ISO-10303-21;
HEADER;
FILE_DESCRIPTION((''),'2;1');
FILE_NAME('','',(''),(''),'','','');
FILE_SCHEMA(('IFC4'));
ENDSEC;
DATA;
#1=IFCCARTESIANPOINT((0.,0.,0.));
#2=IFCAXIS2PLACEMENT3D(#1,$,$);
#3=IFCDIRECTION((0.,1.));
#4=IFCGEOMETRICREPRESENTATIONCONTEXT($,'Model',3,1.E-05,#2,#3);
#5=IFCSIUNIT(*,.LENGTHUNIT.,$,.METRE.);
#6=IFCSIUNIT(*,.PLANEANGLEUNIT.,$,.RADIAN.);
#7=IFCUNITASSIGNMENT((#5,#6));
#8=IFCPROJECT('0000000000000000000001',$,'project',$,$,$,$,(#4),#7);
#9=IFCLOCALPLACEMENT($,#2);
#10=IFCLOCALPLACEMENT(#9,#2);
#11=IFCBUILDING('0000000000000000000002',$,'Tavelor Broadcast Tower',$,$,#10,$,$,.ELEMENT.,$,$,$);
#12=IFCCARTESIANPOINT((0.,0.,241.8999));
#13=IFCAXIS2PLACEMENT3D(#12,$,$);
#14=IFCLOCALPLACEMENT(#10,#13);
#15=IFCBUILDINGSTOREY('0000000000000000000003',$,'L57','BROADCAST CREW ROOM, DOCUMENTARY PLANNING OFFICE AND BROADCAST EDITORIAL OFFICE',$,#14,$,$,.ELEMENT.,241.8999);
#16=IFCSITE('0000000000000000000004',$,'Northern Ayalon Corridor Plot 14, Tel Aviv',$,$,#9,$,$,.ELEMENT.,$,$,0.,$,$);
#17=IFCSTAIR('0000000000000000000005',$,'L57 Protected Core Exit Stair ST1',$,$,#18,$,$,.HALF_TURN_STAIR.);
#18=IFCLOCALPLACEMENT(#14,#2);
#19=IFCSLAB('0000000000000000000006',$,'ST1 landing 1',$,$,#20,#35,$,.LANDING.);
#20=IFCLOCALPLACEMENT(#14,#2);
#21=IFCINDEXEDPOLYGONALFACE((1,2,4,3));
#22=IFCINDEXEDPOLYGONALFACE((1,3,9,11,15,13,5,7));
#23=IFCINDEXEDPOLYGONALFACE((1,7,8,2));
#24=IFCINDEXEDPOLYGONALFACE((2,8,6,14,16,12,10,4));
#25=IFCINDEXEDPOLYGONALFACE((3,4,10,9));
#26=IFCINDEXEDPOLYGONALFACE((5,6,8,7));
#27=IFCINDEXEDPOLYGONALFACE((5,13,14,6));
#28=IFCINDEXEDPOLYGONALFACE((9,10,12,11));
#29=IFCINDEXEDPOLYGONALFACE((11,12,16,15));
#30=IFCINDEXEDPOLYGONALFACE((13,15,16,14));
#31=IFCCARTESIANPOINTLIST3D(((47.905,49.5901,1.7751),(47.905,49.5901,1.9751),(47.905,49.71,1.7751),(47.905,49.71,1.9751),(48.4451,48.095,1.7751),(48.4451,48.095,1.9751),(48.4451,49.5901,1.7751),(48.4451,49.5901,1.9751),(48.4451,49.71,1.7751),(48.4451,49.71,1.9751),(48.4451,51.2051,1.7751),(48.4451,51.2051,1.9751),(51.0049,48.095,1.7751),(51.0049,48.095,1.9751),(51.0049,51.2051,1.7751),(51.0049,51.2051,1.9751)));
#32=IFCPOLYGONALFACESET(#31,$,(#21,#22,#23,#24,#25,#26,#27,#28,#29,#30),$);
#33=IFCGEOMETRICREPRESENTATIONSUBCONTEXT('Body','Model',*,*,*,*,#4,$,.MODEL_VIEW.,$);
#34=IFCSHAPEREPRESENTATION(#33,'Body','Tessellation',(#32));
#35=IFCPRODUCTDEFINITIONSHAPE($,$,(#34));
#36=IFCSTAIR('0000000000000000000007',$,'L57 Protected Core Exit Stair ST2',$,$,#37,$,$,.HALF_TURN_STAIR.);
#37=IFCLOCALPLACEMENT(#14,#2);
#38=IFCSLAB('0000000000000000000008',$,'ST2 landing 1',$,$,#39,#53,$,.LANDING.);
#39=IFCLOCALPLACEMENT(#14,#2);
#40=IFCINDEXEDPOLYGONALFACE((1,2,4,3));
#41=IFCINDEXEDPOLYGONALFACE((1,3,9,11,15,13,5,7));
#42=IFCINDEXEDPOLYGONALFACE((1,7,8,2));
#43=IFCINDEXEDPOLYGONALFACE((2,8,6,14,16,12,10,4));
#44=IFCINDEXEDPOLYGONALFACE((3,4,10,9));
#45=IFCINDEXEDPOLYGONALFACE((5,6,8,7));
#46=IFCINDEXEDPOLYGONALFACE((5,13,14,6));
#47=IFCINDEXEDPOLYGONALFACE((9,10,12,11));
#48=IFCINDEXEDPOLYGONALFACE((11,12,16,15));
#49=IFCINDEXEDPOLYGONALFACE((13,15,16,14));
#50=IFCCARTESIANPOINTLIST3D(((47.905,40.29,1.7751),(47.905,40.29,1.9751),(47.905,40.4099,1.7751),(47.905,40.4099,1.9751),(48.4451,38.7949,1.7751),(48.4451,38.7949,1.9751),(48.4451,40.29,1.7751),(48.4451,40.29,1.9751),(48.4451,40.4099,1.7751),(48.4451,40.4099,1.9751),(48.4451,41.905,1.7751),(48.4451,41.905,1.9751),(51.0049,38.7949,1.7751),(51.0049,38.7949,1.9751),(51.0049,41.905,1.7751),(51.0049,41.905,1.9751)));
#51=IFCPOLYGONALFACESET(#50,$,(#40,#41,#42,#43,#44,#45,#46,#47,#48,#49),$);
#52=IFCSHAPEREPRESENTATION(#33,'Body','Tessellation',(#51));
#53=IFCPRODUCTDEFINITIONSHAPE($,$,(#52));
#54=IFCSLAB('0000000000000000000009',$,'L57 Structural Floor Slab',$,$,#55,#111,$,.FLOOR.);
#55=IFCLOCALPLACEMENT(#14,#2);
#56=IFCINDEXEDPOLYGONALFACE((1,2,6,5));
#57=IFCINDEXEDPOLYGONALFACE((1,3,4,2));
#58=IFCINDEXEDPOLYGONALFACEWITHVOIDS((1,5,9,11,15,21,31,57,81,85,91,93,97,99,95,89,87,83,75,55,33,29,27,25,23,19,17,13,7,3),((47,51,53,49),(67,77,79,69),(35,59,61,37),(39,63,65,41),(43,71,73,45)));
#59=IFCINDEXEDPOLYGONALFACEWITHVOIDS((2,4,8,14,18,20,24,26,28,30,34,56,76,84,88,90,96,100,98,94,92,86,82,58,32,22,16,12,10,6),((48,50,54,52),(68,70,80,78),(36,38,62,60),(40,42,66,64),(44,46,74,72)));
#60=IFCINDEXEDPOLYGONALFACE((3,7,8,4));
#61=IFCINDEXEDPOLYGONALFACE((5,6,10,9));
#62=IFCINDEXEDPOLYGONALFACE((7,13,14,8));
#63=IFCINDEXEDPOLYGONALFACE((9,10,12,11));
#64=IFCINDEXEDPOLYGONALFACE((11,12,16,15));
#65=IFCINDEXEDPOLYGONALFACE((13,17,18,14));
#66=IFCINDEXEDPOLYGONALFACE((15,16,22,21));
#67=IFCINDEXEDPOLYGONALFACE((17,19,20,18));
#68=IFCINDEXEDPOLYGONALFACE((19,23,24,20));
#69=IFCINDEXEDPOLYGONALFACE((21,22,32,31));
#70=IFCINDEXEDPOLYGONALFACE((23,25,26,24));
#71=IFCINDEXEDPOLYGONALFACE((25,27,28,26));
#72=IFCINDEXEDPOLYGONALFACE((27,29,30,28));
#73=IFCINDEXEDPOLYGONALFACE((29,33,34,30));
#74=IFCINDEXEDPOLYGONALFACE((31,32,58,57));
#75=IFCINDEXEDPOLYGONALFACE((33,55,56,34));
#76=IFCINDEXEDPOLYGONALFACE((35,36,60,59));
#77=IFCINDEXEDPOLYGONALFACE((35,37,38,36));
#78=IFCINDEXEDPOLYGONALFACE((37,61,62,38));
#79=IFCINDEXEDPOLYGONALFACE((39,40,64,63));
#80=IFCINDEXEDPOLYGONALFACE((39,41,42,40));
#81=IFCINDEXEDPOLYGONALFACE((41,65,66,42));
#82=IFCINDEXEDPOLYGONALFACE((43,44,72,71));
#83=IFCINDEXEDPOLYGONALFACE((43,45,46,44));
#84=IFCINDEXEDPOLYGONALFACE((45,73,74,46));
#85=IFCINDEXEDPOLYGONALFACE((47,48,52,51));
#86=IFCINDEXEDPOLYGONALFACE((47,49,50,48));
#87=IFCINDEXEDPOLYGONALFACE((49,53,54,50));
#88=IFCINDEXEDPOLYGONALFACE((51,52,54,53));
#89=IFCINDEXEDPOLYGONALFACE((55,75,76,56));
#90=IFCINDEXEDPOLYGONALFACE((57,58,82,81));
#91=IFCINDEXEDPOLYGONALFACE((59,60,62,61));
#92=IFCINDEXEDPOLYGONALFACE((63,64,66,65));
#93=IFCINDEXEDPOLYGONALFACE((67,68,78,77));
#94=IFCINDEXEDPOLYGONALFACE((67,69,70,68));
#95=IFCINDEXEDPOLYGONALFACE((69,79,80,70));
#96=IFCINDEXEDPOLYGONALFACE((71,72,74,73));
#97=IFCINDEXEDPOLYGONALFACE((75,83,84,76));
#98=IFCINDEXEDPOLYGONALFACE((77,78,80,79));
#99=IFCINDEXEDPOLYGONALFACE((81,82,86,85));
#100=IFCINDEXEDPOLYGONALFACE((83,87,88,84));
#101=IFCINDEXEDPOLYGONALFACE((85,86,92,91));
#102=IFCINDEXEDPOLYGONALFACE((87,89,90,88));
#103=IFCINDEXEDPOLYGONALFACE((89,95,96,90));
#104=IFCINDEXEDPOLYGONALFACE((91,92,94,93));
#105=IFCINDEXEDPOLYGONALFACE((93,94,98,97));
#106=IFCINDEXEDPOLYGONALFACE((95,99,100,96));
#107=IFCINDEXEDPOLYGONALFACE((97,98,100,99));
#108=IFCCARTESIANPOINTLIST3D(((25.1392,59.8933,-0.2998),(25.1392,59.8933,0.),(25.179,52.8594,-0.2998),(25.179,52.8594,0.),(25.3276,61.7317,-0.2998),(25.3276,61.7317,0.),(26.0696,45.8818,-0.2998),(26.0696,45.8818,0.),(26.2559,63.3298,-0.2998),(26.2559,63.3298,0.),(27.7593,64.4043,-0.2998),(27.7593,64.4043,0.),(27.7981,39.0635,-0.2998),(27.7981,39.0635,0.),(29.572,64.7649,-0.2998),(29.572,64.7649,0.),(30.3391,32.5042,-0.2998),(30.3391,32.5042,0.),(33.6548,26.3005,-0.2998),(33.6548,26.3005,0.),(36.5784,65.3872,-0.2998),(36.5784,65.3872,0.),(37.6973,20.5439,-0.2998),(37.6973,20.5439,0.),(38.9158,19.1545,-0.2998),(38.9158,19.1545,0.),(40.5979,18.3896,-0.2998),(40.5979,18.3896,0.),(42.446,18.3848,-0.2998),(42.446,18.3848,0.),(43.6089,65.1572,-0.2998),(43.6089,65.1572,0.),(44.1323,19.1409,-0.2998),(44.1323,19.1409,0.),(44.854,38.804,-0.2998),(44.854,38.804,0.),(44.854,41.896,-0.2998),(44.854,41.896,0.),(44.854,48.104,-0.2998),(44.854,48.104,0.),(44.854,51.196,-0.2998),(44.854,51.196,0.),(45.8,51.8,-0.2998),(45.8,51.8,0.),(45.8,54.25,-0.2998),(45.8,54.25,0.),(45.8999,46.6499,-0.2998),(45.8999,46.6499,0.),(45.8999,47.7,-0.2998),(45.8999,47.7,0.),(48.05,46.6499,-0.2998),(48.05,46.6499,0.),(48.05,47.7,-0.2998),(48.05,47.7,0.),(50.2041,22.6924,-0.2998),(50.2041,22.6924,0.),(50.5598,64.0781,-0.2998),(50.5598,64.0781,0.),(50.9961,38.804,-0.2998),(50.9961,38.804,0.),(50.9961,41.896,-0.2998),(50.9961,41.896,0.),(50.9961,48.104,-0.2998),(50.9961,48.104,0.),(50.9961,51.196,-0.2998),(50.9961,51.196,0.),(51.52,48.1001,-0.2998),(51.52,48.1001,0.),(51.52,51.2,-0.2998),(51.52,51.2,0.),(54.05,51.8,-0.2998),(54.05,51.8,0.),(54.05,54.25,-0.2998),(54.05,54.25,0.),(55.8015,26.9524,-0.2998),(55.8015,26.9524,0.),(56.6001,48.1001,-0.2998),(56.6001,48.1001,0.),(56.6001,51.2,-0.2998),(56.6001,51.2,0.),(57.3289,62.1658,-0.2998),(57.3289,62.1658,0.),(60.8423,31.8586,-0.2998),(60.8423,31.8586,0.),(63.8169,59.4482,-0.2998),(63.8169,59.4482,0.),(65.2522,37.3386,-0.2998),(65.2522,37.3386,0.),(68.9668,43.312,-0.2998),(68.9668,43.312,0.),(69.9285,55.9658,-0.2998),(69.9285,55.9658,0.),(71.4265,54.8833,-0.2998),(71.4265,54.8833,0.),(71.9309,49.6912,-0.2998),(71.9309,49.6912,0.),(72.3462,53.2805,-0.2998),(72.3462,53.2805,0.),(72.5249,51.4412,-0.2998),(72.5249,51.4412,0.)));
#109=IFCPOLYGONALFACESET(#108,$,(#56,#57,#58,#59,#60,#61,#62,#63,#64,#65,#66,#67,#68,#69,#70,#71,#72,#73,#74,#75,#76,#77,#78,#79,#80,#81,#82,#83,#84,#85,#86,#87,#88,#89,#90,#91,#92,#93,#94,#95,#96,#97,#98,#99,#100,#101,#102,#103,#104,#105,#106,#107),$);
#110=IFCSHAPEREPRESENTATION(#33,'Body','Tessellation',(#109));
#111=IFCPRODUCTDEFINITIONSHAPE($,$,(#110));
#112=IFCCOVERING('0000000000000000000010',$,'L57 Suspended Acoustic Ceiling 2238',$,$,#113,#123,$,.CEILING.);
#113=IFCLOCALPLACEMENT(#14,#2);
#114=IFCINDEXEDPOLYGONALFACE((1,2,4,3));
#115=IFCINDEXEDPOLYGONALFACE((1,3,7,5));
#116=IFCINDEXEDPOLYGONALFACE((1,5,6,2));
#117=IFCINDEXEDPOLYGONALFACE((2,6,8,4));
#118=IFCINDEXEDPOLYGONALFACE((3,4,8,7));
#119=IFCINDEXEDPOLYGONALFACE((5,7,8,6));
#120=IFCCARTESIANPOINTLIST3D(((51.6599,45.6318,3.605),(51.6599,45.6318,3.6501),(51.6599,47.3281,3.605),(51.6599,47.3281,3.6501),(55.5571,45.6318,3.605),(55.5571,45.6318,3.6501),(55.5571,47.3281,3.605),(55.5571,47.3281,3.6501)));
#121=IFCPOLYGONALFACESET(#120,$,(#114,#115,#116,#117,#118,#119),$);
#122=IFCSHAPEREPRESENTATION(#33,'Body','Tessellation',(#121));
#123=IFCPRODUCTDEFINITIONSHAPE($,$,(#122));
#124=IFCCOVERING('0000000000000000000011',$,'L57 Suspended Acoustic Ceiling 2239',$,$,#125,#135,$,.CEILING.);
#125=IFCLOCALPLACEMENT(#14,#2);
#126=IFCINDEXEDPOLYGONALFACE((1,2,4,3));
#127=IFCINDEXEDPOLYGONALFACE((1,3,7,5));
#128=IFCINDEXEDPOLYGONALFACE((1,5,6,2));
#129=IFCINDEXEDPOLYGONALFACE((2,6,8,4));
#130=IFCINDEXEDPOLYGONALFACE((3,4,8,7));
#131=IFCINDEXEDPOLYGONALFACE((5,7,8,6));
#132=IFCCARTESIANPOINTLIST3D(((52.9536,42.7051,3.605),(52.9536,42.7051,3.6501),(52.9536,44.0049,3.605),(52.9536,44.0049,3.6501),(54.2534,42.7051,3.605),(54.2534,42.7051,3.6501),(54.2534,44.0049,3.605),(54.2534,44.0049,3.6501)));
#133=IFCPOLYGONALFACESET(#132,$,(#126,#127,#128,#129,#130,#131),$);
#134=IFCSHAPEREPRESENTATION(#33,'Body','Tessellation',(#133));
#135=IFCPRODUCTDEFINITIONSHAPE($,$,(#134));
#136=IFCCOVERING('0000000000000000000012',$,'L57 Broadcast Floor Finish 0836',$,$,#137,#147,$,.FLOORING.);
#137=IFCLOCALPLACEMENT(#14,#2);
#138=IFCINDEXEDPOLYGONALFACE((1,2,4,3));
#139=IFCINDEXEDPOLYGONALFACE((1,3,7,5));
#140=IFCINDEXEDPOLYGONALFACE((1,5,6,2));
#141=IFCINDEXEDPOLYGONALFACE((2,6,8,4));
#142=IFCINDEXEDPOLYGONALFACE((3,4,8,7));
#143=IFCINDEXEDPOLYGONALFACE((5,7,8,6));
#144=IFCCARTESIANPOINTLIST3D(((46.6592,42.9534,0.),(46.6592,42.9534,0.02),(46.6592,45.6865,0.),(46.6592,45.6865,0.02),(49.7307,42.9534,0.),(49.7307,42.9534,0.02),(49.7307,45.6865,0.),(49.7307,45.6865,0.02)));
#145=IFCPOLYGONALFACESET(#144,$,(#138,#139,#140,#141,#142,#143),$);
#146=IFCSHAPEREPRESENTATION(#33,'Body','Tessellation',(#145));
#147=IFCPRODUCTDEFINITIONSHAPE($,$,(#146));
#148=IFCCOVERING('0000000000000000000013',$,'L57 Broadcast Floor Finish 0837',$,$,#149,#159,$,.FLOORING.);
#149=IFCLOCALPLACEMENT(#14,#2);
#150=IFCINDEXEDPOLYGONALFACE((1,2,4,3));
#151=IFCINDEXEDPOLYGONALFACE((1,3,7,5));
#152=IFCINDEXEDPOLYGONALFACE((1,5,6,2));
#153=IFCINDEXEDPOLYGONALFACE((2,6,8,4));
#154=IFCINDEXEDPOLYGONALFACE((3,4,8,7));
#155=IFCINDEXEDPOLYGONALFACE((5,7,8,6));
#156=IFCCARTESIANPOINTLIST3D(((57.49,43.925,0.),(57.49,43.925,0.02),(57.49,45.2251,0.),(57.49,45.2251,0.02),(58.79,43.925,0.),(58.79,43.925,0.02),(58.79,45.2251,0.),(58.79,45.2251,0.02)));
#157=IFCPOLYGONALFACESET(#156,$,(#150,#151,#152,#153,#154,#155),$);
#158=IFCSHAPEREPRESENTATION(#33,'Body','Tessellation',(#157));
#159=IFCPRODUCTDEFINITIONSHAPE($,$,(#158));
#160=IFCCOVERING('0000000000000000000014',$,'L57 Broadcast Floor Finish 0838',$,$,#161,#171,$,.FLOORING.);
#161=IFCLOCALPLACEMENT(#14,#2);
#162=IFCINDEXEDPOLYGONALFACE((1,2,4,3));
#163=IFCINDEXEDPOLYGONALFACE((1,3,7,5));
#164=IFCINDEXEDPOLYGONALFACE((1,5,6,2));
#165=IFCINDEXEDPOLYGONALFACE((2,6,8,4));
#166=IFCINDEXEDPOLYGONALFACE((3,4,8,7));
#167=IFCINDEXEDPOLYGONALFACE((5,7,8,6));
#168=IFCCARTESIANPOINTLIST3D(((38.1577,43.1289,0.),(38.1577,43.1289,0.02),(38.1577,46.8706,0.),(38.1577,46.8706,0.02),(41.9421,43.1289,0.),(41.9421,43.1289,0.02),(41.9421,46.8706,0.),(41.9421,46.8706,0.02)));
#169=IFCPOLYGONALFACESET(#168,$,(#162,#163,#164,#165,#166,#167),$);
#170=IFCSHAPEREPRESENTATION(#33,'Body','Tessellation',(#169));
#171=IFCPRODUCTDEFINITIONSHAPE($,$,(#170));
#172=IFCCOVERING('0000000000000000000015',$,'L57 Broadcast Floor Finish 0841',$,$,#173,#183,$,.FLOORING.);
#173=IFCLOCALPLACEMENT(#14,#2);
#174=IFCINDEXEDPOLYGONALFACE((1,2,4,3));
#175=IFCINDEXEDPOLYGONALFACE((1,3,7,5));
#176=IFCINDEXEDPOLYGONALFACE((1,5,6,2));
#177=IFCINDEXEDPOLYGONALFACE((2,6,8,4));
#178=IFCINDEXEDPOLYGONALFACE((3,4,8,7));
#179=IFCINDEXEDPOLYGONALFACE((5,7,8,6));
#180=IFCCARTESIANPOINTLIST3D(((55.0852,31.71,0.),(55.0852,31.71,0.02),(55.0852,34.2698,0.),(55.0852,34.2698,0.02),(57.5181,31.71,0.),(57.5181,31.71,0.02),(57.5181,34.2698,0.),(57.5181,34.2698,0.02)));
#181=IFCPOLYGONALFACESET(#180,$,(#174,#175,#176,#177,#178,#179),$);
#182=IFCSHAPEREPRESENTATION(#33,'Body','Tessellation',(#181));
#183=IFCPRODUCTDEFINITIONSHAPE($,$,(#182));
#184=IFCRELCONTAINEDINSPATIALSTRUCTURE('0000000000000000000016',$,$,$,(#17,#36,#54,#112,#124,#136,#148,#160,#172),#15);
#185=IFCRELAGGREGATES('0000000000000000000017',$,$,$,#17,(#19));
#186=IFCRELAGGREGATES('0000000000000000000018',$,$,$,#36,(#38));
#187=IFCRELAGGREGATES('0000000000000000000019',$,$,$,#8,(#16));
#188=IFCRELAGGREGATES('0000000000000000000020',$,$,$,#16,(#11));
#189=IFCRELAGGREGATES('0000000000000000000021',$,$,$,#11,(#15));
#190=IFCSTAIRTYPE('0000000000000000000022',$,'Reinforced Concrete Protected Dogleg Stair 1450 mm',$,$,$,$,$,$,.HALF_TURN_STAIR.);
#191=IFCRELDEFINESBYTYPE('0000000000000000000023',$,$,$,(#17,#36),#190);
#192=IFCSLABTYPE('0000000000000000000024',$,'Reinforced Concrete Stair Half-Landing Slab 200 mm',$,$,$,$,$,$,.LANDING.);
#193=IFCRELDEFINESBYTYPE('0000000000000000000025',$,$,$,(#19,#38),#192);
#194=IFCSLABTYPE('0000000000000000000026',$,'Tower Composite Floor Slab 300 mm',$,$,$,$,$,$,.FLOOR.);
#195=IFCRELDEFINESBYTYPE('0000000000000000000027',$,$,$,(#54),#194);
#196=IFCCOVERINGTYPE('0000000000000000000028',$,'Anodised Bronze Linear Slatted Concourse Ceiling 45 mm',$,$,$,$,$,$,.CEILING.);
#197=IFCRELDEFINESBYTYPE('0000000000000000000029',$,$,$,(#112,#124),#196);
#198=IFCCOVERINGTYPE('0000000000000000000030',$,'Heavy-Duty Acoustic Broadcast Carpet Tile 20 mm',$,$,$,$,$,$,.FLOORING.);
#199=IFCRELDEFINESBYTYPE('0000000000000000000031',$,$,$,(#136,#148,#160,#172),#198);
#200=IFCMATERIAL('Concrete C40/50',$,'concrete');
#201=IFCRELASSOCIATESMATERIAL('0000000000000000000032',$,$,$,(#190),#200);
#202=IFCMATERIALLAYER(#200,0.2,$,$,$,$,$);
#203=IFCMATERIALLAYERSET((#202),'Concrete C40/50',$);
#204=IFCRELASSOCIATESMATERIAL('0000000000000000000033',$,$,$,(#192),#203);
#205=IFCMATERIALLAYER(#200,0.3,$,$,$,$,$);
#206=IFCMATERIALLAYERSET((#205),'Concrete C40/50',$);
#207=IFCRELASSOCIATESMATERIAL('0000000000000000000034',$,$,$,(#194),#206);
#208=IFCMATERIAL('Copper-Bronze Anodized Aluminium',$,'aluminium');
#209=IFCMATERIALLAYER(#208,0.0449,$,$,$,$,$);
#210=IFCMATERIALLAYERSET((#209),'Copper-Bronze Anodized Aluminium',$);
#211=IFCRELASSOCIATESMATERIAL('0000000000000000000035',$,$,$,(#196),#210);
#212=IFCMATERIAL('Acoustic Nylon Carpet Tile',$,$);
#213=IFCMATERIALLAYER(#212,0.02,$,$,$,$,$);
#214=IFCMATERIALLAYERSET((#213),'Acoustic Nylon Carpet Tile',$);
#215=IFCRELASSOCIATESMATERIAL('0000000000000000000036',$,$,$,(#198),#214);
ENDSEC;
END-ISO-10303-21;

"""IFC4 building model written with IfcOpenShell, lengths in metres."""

from ifc_helpers import new_model, si_unit, direction, frame, origin, place, context, subcontext, project, spatial, polyline, outline, extrude, material, layer, layer_set, type_object, element, aggregate, save


model = new_model("IFC4")

# Units and contexts
model_context = context("Model", 3, precision=1e-05, world=origin(), true_north=direction((0.0, 1.0)))
body_context = subcontext(model_context, "Body", "Model", "MODEL_VIEW")
ifc_project = project(units=[si_unit("LENGTHUNIT", "METRE"), si_unit("PLANEANGLEUNIT", "RADIAN")], contexts=[model_context])

# Site, building, storey
site_placement = place(None, origin())
site = spatial("IfcSite", under=ifc_project, at=site_placement, Name="Northern Ayalon Corridor Plot 14, Tel Aviv", CompositionType="ELEMENT", RefElevation=0.0)
building_placement = place(site_placement, origin())
building = spatial("IfcBuilding", under=site, at=building_placement, Name="Tavelor Broadcast Tower", CompositionType="ELEMENT")
storey_placement = place(building_placement, frame((0.0, 0.0, 241.8999)))
storey = spatial("IfcBuildingStorey", under=building, at=storey_placement, Name="L57", Description="BROADCAST CREW ROOM, DOCUMENTARY PLANNING OFFICE AND BROADCAST EDITORIAL OFFICE", CompositionType="ELEMENT", Elevation=241.8999)

# Stairs, slabs
ifc_material_1 = material(Name="Concrete C40/50", Category="concrete")
stair_type = type_object("IfcStairType", Name="Reinforced Concrete Protected Dogleg Stair 1450 mm", PredefinedType="HALF_TURN_STAIR", material=ifc_material_1)
stair_1_placement = place(storey_placement, origin())
stair_1 = element("IfcStair", 1, at=stair_1_placement, inside=storey, type_object=stair_type, Name="L57 Protected Core Exit Stair ST1", PredefinedType="HALF_TURN_STAIR")
ifc_layer_1 = layer(ifc_material_1, 0.2)
ifc_layer_set_1 = layer_set([ifc_layer_1], Name="Concrete C40/50")
slab_type_1 = type_object("IfcSlabType", Name="Reinforced Concrete Stair Half-Landing Slab 200 mm", PredefinedType="LANDING", material=ifc_layer_set_1)
slab_1_placement = place(storey_placement, frame((0.0, 0.0, 1.7751)))
slab_1 = element("IfcSlab", 2, at=slab_1_placement, type_object=slab_type_1, Name="ST1 landing 1", PredefinedType="LANDING", context=body_context, shape_type="SweptSolid", body=[
    extrude(outline(polyline([(48.4451, 49.5901), (48.4451, 48.095), (51.0049, 48.095), (51.0049, 51.2051), (48.4451, 51.2051), (48.4451, 49.71), (47.905, 49.71), (47.905, 49.5901), (48.4451, 49.5901)])), origin(), (0.0, 0.0, 1.0), 0.2),
])
aggregate(stair_1, [slab_1])
stair_2_placement = place(storey_placement, origin())
stair_2 = element("IfcStair", 3, at=stair_2_placement, inside=storey, type_object=stair_type, Name="L57 Protected Core Exit Stair ST2", PredefinedType="HALF_TURN_STAIR")
slab_2_placement = place(storey_placement, frame((0.0, 0.0, 1.7751)))
slab_2 = element("IfcSlab", 4, at=slab_2_placement, type_object=slab_type_1, Name="ST2 landing 1", PredefinedType="LANDING", context=body_context, shape_type="SweptSolid", body=[
    extrude(outline(polyline([(48.4451, 40.29), (48.4451, 38.7949), (51.0049, 38.7949), (51.0049, 41.905), (48.4451, 41.905), (48.4451, 40.4099), (47.905, 40.4099), (47.905, 40.29), (48.4451, 40.29)])), origin(), (0.0, 0.0, 1.0), 0.2),
])
aggregate(stair_2, [slab_2])

# Slab
ifc_layer_2 = layer(ifc_material_1, 0.3)
ifc_layer_set_2 = layer_set([ifc_layer_2], Name="Concrete C40/50")
slab_type_2 = type_object("IfcSlabType", Name="Tower Composite Floor Slab 300 mm", PredefinedType="FLOOR", material=ifc_layer_set_2)
slab_3_placement = place(storey_placement, frame((0.0, 0.0, -0.2998)))
element("IfcSlab", 5, at=slab_3_placement, inside=storey, type_object=slab_type_2, Name="L57 Structural Floor Slab", PredefinedType="FLOOR", context=body_context, shape_type="SweptSolid", body=[
    extrude(outline(polyline([(29.572, 64.7649), (27.7593, 64.4043), (26.2559, 63.3298), (25.3276, 61.7317), (25.1392, 59.8933), (25.179, 52.8594), (26.0696, 45.8818), (27.7981, 39.0635), (30.3391, 32.5042), (33.6548, 26.3005), (37.6973, 20.5439), (38.9158, 19.1545), (40.5979, 18.3896), (42.446, 18.3848), (44.1323, 19.1409), (50.2041, 22.6924), (55.8015, 26.9524), (60.8423, 31.8586), (65.2522, 37.3386), (68.9668, 43.312), (71.9309, 49.6912), (72.5249, 51.4412), (72.3462, 53.2805), (71.4265, 54.8833), (69.9285, 55.9658), (63.8169, 59.4482), (57.3289, 62.1658), (50.5598, 64.0781), (43.6089, 65.1572), (36.5784, 65.3872), (29.572, 64.7649)]), holes=[polyline([(50.9961, 41.896), (50.9961, 38.804), (44.854, 38.804), (44.854, 41.896), (50.9961, 41.896)]), polyline([(48.05, 47.7), (48.05, 46.6499), (45.8999, 46.6499), (45.8999, 47.7), (48.05, 47.7)]), polyline([(50.9961, 51.196), (50.9961, 48.104), (44.854, 48.104), (44.854, 51.196), (50.9961, 51.196)]), polyline([(56.6001, 48.1001), (51.52, 48.1001), (51.52, 51.2), (56.6001, 51.2), (56.6001, 48.1001)]), polyline([(54.05, 51.8), (45.8, 51.8), (45.8, 54.25), (54.05, 54.25), (54.05, 51.8)])]), origin(), (0.0, 0.0, 1.0), 0.2998),
])

# Coverings
ifc_material_2 = material(Name="Copper-Bronze Anodized Aluminium", Category="aluminium")
ifc_layer_3 = layer(ifc_material_2, 0.0449)
ifc_layer_set_3 = layer_set([ifc_layer_3], Name="Copper-Bronze Anodized Aluminium")
covering_type_1 = type_object("IfcCoveringType", Name="Anodised Bronze Linear Slatted Concourse Ceiling 45 mm", PredefinedType="CEILING", material=ifc_layer_set_3)
covering_1_placement = place(storey_placement, frame((0.0, 0.0, 3.605)))
element("IfcCovering", 6, at=covering_1_placement, inside=storey, type_object=covering_type_1, Name="L57 Suspended Acoustic Ceiling 2238", PredefinedType="CEILING", context=body_context, shape_type="SweptSolid", body=[
    extrude(outline(polyline([(51.6599, 45.6318), (55.5571, 45.6318), (55.5571, 47.3281), (51.6599, 47.3281), (51.6599, 45.6318)])), origin(), (0.0, 0.0, 1.0), 0.0452),
])
covering_2_placement = place(storey_placement, frame((0.0, 0.0, 3.605)))
element("IfcCovering", 7, at=covering_2_placement, inside=storey, type_object=covering_type_1, Name="L57 Suspended Acoustic Ceiling 2239", PredefinedType="CEILING", context=body_context, shape_type="SweptSolid", body=[
    extrude(outline(polyline([(52.9536, 42.7051), (54.2534, 42.7051), (54.2534, 44.0049), (52.9536, 44.0049), (52.9536, 42.7051)])), origin(), (0.0, 0.0, 1.0), 0.0452),
])
ifc_material_3 = material(Name="Acoustic Nylon Carpet Tile")
ifc_layer_4 = layer(ifc_material_3, 0.02)
ifc_layer_set_4 = layer_set([ifc_layer_4], Name="Acoustic Nylon Carpet Tile")
covering_type_2 = type_object("IfcCoveringType", Name="Heavy-Duty Acoustic Broadcast Carpet Tile 20 mm", PredefinedType="FLOORING", material=ifc_layer_set_4)
covering_3_placement = place(storey_placement, origin())
element("IfcCovering", 8, at=covering_3_placement, inside=storey, type_object=covering_type_2, Name="L57 Broadcast Floor Finish 0836", PredefinedType="FLOORING", context=body_context, shape_type="SweptSolid", body=[
    extrude(outline(polyline([(46.6592, 42.9534), (49.7307, 42.9534), (49.7307, 45.6865), (46.6592, 45.6865), (46.6592, 42.9534)])), origin(), (0.0, 0.0, 1.0), 0.02),
])
covering_4_placement = place(storey_placement, origin())
element("IfcCovering", 9, at=covering_4_placement, inside=storey, type_object=covering_type_2, Name="L57 Broadcast Floor Finish 0837", PredefinedType="FLOORING", context=body_context, shape_type="SweptSolid", body=[
    extrude(outline(polyline([(57.49, 43.925), (58.79, 43.925), (58.79, 45.2251), (57.49, 45.2251), (57.49, 43.925)])), origin(), (0.0, 0.0, 1.0), 0.02),
])
covering_5_placement = place(storey_placement, origin())
element("IfcCovering", 10, at=covering_5_placement, inside=storey, type_object=covering_type_2, Name="L57 Broadcast Floor Finish 0838", PredefinedType="FLOORING", context=body_context, shape_type="SweptSolid", body=[
    extrude(outline(polyline([(38.1577, 43.1289), (41.9421, 43.1289), (41.9421, 46.8706), (38.1577, 46.8706), (38.1577, 43.1289)])), origin(), (0.0, 0.0, 1.0), 0.02),
])
covering_6_placement = place(storey_placement, origin())
element("IfcCovering", 11, at=covering_6_placement, inside=storey, type_object=covering_type_2, Name="L57 Broadcast Floor Finish 0841", PredefinedType="FLOORING", context=body_context, shape_type="SweptSolid", body=[
    extrude(outline(polyline([(55.0852, 31.71), (57.5181, 31.71), (57.5181, 34.2698), (55.0852, 34.2698), (55.0852, 31.71)])), origin(), (0.0, 0.0, 1.0), 0.02),
])

save(model, "model.ifc")
